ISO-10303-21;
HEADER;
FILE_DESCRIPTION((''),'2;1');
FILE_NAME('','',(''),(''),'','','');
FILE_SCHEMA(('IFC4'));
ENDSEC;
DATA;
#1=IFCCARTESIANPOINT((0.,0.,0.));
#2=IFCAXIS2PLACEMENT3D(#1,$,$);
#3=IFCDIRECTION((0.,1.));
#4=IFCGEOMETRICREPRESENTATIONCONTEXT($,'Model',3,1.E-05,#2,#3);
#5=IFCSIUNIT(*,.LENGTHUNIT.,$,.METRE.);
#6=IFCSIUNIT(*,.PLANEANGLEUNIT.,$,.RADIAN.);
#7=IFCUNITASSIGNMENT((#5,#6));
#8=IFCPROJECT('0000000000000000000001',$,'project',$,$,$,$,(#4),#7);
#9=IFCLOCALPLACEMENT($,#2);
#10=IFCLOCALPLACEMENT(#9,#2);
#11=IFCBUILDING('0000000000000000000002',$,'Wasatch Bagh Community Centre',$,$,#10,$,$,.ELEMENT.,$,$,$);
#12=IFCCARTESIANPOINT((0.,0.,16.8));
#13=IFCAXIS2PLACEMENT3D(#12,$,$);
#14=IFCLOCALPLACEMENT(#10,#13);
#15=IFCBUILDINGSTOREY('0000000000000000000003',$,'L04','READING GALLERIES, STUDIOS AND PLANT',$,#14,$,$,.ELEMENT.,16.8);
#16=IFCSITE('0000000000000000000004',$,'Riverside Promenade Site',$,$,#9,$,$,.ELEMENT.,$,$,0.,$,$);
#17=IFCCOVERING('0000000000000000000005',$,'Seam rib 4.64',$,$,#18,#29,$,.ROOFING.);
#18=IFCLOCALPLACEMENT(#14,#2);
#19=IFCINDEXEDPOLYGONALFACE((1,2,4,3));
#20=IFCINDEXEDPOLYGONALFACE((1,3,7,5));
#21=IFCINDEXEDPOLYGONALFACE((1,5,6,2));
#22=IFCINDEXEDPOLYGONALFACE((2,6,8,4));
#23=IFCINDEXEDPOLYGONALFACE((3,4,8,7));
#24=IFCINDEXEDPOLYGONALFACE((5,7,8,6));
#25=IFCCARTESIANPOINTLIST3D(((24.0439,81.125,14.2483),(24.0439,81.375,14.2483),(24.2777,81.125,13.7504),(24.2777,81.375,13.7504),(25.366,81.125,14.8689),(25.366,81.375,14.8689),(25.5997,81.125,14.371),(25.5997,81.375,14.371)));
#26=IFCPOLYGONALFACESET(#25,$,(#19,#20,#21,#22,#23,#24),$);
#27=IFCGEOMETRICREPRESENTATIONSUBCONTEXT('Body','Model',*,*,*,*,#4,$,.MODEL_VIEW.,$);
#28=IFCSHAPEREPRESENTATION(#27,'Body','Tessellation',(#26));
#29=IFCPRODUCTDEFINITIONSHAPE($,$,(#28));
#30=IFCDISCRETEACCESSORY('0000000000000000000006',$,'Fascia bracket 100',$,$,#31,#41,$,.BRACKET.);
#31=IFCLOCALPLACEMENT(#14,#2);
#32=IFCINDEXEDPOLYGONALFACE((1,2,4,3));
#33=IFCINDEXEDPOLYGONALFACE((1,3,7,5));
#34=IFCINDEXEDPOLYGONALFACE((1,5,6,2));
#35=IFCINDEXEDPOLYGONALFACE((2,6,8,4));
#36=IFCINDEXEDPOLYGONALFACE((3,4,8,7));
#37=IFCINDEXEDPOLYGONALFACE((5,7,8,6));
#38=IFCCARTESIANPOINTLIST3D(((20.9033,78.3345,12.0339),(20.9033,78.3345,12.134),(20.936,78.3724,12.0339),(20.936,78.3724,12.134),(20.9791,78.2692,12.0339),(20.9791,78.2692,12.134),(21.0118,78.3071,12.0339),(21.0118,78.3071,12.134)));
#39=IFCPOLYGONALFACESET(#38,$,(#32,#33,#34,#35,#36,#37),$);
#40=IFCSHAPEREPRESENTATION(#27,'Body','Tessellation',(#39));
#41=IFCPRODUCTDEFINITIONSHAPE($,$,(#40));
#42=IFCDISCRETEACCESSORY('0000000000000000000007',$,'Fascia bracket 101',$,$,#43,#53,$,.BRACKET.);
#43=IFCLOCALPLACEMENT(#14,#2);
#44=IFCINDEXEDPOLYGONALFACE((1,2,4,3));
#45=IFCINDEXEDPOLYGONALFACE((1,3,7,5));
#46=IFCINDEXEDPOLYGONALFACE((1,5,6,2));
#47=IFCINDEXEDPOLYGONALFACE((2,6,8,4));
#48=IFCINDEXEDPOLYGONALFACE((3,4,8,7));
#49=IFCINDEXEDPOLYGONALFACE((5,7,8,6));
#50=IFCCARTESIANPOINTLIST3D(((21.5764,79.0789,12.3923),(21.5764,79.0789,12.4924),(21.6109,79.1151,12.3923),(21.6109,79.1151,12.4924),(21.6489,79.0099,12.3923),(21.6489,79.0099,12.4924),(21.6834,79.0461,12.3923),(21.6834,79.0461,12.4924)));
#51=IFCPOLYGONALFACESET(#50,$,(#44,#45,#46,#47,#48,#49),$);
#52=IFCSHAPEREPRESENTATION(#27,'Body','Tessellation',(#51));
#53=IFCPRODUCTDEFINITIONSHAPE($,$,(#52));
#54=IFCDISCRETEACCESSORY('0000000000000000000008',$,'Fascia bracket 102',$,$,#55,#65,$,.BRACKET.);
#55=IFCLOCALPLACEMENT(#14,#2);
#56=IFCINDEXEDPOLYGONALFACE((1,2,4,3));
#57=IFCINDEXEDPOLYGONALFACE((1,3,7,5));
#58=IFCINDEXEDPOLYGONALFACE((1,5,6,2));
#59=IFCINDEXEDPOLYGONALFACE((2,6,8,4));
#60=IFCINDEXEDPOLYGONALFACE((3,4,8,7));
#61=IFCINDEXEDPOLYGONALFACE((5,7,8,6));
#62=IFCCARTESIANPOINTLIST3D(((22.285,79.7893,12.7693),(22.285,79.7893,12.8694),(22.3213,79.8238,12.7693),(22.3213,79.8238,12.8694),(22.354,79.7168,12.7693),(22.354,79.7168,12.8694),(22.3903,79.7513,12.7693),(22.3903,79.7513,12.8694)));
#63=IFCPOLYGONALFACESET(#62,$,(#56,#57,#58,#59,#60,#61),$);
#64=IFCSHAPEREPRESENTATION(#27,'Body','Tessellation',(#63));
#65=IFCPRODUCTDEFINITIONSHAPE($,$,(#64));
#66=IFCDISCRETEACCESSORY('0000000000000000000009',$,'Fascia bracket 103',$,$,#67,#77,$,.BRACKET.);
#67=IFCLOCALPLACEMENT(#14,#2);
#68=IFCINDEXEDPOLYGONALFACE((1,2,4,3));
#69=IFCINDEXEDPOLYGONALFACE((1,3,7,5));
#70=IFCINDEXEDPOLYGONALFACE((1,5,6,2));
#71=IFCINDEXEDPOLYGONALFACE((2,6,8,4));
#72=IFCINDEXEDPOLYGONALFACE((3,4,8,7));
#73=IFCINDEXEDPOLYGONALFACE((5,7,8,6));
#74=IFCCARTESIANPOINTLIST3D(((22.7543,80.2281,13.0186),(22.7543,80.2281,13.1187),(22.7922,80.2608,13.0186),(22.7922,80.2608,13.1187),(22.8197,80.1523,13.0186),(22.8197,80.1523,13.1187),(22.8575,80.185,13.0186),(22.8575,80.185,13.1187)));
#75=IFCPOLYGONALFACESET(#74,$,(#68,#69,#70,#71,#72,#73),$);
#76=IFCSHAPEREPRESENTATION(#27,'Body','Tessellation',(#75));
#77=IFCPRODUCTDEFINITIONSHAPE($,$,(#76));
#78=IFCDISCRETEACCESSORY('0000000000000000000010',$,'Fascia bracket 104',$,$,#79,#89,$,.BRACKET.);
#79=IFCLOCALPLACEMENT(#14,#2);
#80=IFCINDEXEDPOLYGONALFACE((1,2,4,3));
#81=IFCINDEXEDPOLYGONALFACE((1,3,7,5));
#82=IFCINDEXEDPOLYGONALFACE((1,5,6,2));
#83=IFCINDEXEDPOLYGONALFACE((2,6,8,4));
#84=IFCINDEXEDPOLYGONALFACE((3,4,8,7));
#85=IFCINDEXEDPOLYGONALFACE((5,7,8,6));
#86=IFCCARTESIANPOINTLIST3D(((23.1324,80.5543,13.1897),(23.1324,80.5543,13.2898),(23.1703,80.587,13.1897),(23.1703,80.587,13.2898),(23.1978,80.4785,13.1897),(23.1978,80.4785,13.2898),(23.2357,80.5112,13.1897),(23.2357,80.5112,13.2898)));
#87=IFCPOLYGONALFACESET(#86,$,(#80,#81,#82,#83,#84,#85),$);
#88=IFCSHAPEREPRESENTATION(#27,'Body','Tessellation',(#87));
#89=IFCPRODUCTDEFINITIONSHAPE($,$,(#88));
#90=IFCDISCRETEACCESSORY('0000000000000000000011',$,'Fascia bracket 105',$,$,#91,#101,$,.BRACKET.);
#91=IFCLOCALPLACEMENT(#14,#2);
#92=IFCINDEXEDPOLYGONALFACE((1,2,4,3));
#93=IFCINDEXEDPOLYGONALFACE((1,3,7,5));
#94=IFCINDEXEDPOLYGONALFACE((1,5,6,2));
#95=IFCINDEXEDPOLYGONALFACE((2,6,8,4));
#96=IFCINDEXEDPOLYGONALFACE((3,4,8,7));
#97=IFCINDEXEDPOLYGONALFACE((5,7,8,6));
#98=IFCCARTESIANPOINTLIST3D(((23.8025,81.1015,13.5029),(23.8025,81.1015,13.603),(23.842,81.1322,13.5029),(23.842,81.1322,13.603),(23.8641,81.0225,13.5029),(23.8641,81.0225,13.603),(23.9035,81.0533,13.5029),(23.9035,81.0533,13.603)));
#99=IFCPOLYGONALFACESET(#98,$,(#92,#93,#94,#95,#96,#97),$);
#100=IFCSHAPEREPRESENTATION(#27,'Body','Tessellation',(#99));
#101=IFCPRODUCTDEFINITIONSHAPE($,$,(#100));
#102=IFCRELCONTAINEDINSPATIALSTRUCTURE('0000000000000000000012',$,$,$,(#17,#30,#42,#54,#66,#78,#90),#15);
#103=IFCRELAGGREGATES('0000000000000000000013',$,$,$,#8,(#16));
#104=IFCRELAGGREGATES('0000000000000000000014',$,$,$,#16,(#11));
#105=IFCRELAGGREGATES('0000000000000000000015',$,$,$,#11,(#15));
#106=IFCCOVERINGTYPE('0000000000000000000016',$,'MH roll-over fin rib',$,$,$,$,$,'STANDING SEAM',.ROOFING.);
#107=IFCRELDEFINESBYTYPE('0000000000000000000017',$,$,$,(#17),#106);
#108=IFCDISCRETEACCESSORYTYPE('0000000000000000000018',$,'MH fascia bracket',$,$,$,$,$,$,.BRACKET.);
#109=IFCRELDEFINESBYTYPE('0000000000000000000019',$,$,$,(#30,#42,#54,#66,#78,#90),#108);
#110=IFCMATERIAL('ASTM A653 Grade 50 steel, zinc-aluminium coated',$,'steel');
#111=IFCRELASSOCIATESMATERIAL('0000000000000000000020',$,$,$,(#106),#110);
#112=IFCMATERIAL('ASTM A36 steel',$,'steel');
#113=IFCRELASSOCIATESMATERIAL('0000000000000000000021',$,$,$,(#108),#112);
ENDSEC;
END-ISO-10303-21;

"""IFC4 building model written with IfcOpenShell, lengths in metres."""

from ifc_helpers import new_model, si_unit, direction, frame, origin, origin_2d, place, context, subcontext, project, spatial, polyline, rectangle, outline, extrude, material, type_object, element, save


model = new_model("IFC4")

# Units and contexts
model_context = context("Model", 3, precision=1e-05, world=origin(), true_north=direction((0.0, 1.0)))
body_context = subcontext(model_context, "Body", "Model", "MODEL_VIEW")
ifc_project = project(units=[si_unit("LENGTHUNIT", "METRE"), si_unit("PLANEANGLEUNIT", "RADIAN")], contexts=[model_context])

# Site, building, storey
site_placement = place(None, origin())
site = spatial("IfcSite", under=ifc_project, at=site_placement, Name="Riverside Promenade Site", CompositionType="ELEMENT", RefElevation=0.0)
building_placement = place(site_placement, origin())
building = spatial("IfcBuilding", under=site, at=building_placement, Name="Wasatch Bagh Community Centre", CompositionType="ELEMENT")
storey_placement = place(building_placement, frame((0.0, 0.0, 16.8)))
storey = spatial("IfcBuildingStorey", under=building, at=storey_placement, Name="L04", Description="READING GALLERIES, STUDIOS AND PLANT", CompositionType="ELEMENT", Elevation=16.8)

# Covering
ifc_material_1 = material(Name="ASTM A653 Grade 50 steel, zinc-aluminium coated", Category="steel")
covering_type_1 = type_object("IfcCoveringType", Name="MH roll-over fin rib", ElementType="STANDING SEAM", PredefinedType="ROOFING", material=ifc_material_1)
covering_1_placement = place(storey_placement, frame((24.0439, 81.125, 14.2483), z_axis=(-0.424943, 0.0, 0.90522), x_axis=(0.90522, 0.0, 0.424943)))
element("IfcCovering", 1, at=covering_1_placement, inside=storey, type_object=covering_type_1, Name="Seam rib 4.64", PredefinedType="ROOFING", context=body_context, shape_type="SweptSolid", body=[
    extrude(outline(polyline([(0.0, 0.0), (1.4604, 0.0), (1.4604, 0.25), (0.0, 0.25), (0.0, 0.0)])), origin(), (0.0, 0.0, -1.0), 0.55),
])

# Discrete accessories
ifc_material_2 = material(Name="ASTM A36 steel", Category="steel")
discrete_accessory_type = type_object("IfcDiscreteAccessoryType", Name="MH fascia bracket", PredefinedType="BRACKET", material=ifc_material_2)
for number, where, z_axis, x_axis, name in (
    (2, (20.9575, 78.3208, 12.0339), (0.0, 0.0, 1.0), (-0.757209, 0.653173, 0.0), "Fascia bracket 100"),
    (3, (21.6299, 79.0625, 12.3923), (0.0, 0.0, 1.0), (-0.724247, 0.689541, 0.0), "Fascia bracket 101"),
    (4, (22.3376, 79.7703, 12.7693), (0.0, 0.0, 1.0), (-0.689541, 0.724247, 0.0), "Fascia bracket 102"),
    (5, (22.8059, 80.2065, 13.0186), (0.0, 0.0, 1.0), (-0.653173, 0.757209, 0.0), "Fascia bracket 103"),
    (6, (23.1841, 80.5327, 13.1897), (0.0, 0.0, 1.0), (-0.653173, 0.757209, 0.0), "Fascia bracket 104"),
    (7, (23.853, 81.0774, 13.5029), (0.0, 0.0, 1.0), (-0.615232, 0.788346, 0.0), "Fascia bracket 105"),
):
    element("IfcDiscreteAccessory", number, at=place(storey_placement, frame(where, z_axis=z_axis, x_axis=x_axis)), inside=storey, type_object=discrete_accessory_type, Name=name, PredefinedType="BRACKET", context=body_context, shape_type="SweptSolid", body=[
        extrude(rectangle(XDim=0.1001, YDim=0.05, at=origin_2d()), origin(), (0.0, 0.0, 1.0), 0.1001),
    ])

save(model, "model.ifc")
